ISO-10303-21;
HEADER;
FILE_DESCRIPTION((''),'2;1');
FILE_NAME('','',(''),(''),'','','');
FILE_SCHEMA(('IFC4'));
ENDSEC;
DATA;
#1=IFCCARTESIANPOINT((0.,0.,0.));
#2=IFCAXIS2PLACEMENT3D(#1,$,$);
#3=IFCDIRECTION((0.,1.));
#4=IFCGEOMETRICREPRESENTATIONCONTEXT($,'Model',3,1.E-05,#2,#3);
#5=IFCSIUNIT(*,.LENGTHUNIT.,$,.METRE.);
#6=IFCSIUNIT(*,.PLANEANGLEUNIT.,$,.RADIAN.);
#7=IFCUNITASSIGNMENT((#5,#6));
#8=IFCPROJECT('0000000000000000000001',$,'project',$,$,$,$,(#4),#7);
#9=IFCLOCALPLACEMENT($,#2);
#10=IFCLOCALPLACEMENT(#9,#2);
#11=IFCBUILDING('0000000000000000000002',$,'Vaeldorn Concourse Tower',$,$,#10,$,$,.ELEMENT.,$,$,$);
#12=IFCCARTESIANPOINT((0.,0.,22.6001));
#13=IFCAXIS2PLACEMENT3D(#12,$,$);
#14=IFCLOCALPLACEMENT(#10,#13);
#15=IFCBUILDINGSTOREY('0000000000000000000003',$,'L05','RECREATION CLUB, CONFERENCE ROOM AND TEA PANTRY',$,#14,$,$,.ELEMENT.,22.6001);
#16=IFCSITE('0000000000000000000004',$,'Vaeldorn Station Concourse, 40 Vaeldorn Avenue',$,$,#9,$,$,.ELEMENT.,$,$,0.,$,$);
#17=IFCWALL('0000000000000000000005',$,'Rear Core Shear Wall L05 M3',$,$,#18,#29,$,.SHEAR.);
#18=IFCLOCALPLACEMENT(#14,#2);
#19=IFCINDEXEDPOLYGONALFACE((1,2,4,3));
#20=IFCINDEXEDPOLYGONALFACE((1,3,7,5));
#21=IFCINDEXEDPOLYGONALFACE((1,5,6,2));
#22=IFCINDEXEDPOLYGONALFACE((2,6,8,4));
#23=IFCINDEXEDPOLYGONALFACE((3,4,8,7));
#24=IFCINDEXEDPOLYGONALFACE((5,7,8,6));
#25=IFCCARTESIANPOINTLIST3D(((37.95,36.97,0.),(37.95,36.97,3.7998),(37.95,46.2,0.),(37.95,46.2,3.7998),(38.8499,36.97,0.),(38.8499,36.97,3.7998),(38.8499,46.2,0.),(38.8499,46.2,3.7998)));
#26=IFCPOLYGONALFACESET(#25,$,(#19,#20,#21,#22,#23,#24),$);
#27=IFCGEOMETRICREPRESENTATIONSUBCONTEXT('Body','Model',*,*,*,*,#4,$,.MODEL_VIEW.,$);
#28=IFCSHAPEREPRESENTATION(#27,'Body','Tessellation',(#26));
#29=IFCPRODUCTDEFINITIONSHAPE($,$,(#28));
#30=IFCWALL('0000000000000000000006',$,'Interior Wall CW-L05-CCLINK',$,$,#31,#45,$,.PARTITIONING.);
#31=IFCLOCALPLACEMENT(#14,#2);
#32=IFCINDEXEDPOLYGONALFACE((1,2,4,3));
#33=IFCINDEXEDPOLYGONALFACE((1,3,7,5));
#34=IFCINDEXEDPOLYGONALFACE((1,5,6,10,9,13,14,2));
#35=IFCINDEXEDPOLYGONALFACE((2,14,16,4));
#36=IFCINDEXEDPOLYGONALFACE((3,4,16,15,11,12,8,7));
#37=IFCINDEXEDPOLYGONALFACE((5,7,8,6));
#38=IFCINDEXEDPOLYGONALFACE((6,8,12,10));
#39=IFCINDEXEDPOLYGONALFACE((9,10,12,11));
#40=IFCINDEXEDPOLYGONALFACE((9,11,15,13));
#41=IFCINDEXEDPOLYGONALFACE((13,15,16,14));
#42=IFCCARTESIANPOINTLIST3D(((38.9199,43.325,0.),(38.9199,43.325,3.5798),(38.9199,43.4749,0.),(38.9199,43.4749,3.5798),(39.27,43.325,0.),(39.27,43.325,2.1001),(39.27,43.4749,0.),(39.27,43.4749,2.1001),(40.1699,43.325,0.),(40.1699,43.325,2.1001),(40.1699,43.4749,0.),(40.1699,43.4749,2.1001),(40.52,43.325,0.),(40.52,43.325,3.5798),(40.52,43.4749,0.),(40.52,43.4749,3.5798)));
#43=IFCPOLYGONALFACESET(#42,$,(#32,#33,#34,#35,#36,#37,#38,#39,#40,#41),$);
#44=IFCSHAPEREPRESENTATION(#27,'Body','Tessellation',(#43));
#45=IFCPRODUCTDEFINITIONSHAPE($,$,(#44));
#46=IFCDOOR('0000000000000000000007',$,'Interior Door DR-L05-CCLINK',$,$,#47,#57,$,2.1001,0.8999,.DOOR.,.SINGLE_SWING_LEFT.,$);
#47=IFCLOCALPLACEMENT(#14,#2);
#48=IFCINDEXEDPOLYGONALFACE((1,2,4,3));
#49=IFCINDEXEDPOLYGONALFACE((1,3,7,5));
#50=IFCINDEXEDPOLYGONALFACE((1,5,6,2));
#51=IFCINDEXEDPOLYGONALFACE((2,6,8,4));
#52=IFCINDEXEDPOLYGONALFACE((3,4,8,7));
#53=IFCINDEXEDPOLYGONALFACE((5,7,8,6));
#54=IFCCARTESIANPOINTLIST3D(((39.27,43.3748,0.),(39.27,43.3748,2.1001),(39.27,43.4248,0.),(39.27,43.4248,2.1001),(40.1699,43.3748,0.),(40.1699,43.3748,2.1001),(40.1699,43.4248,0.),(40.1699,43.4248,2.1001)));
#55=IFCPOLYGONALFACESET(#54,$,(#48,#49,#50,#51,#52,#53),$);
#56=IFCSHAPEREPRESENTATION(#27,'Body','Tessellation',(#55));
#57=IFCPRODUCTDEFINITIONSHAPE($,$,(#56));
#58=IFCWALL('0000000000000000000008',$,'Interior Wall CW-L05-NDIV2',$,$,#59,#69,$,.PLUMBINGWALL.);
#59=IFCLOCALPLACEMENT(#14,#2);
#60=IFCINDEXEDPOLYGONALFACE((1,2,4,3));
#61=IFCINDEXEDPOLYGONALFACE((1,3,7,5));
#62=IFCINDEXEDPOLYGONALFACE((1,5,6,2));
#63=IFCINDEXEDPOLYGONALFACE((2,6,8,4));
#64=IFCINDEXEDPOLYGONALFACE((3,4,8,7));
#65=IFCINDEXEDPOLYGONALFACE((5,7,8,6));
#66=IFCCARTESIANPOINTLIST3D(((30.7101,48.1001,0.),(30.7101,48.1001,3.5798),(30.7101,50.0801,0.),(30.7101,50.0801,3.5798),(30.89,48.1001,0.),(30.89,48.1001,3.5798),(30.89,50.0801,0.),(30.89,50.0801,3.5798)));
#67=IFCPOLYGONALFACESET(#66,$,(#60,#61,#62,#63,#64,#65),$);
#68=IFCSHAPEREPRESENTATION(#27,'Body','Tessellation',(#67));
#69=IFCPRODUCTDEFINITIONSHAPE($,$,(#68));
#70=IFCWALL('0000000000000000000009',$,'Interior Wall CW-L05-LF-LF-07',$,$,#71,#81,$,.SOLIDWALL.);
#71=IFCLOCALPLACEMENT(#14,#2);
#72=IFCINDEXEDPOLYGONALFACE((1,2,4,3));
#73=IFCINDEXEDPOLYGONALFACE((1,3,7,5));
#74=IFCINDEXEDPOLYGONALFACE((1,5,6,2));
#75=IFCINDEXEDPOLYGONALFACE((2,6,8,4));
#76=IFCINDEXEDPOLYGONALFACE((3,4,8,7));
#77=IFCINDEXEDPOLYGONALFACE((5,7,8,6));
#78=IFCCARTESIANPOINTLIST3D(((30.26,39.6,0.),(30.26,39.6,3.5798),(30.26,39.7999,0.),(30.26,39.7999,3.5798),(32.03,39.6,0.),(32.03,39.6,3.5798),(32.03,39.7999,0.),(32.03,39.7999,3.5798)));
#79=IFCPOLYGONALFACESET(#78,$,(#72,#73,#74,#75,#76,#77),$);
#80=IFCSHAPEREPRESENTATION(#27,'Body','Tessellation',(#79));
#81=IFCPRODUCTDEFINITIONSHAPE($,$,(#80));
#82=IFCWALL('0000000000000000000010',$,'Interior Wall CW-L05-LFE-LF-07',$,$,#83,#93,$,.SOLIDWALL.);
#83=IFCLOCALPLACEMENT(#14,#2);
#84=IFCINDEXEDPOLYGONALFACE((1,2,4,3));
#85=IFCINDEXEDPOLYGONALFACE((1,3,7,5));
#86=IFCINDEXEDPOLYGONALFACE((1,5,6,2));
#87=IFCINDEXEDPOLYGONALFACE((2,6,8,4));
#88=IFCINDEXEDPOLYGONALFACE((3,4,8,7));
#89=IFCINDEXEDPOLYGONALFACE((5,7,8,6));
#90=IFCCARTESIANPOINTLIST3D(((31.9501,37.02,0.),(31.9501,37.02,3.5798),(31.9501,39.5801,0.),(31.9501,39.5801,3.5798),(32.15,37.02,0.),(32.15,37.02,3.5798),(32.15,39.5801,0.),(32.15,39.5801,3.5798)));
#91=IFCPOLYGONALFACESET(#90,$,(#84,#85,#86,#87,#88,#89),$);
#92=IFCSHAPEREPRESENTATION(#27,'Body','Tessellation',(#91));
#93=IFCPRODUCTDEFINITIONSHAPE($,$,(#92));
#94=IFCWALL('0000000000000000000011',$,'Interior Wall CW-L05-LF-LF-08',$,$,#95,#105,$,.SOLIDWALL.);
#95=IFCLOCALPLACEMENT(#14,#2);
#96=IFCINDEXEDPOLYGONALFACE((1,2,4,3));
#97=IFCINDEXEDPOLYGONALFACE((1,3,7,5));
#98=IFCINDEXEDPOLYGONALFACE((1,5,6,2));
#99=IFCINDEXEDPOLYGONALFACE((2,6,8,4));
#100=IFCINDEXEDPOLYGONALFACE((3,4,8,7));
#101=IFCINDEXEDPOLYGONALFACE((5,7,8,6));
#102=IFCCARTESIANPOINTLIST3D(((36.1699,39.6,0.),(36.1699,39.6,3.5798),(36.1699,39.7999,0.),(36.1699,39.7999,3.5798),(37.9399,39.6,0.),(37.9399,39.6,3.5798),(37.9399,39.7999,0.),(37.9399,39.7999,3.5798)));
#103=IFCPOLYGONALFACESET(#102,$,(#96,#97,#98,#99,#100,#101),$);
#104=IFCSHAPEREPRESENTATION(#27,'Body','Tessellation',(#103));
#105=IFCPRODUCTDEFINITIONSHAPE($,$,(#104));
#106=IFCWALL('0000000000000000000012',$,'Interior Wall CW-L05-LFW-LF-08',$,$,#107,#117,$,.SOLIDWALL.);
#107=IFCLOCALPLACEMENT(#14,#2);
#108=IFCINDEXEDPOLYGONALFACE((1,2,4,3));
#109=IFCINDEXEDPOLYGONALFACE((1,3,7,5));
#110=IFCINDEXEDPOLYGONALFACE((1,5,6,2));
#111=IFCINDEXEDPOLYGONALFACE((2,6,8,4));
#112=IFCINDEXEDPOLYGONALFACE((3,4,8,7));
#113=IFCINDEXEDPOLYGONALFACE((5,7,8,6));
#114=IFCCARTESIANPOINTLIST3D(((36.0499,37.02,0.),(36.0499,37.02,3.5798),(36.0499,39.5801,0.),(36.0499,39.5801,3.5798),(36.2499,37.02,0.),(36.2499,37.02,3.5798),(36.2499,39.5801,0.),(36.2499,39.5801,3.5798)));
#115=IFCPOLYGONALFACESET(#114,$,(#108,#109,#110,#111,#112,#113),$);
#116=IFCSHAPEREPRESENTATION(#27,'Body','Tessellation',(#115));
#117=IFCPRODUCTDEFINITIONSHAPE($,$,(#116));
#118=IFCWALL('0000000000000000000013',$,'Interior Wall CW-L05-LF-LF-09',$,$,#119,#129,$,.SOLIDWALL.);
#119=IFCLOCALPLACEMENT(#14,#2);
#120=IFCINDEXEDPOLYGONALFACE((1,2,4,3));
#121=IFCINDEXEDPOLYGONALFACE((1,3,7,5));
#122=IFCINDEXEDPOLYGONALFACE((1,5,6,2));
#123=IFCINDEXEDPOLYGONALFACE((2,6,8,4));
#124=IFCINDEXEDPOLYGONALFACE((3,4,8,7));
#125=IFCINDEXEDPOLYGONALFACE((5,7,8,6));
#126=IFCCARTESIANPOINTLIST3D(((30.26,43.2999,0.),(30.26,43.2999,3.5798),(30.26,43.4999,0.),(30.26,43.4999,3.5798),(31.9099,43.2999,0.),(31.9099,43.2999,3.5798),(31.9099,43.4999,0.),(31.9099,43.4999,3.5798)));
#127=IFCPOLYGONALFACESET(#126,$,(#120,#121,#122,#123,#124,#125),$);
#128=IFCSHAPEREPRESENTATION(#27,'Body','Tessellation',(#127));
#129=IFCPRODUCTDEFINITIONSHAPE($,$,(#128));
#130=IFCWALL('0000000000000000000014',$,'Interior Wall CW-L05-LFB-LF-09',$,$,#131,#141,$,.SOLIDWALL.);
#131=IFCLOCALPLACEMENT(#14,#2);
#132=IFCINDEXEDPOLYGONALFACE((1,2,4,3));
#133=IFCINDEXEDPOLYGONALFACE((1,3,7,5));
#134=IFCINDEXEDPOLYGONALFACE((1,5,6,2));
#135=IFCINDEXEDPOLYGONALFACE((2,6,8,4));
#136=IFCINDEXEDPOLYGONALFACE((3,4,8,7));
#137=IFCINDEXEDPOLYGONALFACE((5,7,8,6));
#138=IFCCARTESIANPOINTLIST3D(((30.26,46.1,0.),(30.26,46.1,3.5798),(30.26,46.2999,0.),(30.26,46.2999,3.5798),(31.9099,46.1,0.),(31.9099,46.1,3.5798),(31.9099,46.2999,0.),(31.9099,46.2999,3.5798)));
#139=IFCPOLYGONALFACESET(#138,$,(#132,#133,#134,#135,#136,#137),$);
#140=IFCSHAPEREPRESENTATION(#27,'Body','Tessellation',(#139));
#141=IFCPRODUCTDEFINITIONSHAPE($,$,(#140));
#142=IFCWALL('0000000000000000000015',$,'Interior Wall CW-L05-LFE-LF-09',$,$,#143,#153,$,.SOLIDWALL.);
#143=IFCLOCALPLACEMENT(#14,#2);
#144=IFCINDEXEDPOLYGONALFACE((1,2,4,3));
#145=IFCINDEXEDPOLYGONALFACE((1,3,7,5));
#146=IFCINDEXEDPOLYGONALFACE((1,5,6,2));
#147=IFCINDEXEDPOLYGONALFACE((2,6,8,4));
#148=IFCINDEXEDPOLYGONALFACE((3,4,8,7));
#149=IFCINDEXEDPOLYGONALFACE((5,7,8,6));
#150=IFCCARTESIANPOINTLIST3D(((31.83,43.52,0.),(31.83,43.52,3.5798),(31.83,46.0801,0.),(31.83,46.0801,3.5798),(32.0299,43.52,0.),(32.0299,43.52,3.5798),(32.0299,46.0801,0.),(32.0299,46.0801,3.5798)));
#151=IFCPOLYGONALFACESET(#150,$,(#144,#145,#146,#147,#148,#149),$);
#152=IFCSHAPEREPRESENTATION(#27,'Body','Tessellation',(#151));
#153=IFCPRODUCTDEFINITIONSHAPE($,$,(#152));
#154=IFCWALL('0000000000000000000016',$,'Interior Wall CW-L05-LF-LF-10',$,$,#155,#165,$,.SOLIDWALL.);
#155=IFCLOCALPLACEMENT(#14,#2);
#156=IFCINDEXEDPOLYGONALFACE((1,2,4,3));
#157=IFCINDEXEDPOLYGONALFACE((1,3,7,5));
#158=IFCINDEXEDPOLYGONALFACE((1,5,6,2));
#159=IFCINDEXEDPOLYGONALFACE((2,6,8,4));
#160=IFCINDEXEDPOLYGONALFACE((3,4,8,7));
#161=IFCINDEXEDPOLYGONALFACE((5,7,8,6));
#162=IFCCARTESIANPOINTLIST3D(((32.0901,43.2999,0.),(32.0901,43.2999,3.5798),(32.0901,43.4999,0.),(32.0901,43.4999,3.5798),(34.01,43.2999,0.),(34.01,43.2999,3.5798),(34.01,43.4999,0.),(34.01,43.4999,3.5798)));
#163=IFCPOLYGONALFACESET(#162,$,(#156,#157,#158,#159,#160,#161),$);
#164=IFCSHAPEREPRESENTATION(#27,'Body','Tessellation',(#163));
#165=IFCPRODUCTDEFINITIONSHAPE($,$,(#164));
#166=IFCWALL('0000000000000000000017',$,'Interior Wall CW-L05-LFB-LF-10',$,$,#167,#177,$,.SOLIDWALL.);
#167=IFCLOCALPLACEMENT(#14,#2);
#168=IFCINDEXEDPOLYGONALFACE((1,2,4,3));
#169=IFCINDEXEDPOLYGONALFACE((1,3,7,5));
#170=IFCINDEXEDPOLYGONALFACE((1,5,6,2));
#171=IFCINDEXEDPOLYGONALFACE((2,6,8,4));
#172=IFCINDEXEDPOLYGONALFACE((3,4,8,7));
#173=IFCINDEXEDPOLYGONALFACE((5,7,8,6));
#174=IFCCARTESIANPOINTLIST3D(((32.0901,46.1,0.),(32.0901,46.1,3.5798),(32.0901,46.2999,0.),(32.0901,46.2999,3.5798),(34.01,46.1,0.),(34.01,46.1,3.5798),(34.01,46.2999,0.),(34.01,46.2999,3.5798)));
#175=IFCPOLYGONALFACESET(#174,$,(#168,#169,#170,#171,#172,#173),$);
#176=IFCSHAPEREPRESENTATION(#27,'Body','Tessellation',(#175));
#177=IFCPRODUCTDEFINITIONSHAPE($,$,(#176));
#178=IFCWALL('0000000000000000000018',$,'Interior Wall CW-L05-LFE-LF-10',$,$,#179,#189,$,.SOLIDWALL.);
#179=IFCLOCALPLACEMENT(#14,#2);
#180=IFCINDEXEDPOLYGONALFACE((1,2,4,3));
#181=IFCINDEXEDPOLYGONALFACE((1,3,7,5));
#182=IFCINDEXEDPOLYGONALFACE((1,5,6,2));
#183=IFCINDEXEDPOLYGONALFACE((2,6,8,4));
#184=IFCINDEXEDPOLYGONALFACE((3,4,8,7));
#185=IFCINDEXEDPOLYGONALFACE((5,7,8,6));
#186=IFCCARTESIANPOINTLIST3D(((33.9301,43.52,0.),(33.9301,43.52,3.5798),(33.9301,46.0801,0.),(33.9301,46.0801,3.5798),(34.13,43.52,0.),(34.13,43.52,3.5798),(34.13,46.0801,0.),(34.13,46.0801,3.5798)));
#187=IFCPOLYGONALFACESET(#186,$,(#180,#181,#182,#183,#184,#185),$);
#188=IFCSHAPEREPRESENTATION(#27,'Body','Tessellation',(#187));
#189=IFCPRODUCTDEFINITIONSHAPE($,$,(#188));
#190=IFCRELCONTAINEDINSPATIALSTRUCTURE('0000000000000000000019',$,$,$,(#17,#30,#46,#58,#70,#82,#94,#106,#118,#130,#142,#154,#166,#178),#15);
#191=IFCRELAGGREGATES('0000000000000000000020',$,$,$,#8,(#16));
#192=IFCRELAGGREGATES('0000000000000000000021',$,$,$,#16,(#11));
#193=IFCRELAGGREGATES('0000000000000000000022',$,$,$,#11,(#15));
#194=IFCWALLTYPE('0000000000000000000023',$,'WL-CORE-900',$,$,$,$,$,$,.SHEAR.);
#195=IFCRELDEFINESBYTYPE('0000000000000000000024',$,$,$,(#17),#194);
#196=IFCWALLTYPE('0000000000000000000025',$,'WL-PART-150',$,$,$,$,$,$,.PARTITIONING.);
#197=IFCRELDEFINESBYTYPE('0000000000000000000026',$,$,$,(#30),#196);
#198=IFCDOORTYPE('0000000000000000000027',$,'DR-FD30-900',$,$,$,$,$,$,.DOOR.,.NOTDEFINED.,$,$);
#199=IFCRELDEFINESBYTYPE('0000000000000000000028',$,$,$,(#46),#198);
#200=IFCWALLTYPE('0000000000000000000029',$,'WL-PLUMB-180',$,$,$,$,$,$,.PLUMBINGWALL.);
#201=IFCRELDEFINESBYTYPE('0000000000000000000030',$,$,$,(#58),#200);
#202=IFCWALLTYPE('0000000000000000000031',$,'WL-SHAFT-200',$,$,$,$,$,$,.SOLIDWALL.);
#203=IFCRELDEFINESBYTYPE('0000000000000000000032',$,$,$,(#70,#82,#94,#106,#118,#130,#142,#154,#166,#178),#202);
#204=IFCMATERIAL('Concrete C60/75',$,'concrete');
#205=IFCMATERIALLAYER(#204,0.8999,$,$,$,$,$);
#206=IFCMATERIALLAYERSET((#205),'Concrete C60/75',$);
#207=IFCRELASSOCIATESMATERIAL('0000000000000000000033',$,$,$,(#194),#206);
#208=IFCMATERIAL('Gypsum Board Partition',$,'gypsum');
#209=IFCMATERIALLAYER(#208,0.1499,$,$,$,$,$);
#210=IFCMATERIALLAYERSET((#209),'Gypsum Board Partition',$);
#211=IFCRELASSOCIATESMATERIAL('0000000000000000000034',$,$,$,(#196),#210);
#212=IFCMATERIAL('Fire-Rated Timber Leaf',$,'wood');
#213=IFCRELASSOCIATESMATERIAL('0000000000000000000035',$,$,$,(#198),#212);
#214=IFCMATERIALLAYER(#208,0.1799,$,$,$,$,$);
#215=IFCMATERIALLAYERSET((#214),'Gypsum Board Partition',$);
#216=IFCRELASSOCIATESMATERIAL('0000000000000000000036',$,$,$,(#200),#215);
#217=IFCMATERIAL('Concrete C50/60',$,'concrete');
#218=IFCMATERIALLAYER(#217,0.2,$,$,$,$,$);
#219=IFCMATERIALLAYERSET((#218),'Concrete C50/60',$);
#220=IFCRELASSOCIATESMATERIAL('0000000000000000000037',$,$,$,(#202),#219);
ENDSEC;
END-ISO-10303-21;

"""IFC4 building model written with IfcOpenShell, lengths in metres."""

from ifc_helpers import new_model, si_unit, direction, frame, frame_2d, origin, place, context, subcontext, project, spatial, rectangle, extrude, source, transform, mapped, material, layer, layer_set, type_object, element, fill, save


model = new_model("IFC4")

# Units and contexts
model_context = context("Model", 3, precision=1e-05, world=origin(), true_north=direction((0.0, 1.0)))
body_context = subcontext(model_context, "Body", "Model", "MODEL_VIEW")
ifc_project = project(units=[si_unit("LENGTHUNIT", "METRE"), si_unit("PLANEANGLEUNIT", "RADIAN")], contexts=[model_context])

# Site, building, storey
site_placement = place(None, origin())
site = spatial("IfcSite", under=ifc_project, at=site_placement, Name="Vaeldorn Station Concourse, 40 Vaeldorn Avenue", CompositionType="ELEMENT", RefElevation=0.0)
building_placement = place(site_placement, origin())
building = spatial("IfcBuilding", under=site, at=building_placement, Name="Vaeldorn Concourse Tower", CompositionType="ELEMENT")
storey_placement = place(building_placement, frame((0.0, 0.0, 22.6001)))
storey = spatial("IfcBuildingStorey", under=building, at=storey_placement, Name="L05", Description="RECREATION CLUB, CONFERENCE ROOM AND TEA PANTRY", CompositionType="ELEMENT", Elevation=22.6001)

# Wall
ifc_material_1 = material(Name="Concrete C60/75", Category="concrete")
ifc_layer_1 = layer(ifc_material_1, 0.8999)
ifc_layer_set_1 = layer_set([ifc_layer_1], Name="Concrete C60/75")
wall_type_1 = type_object("IfcWallType", Name="WL-CORE-900", PredefinedType="SHEAR", material=ifc_layer_set_1)
for number, where, z_axis, x_axis, name in (
    (1, (38.3999, 36.97, 0.0), (0.0, 0.0, 1.0), (0.0, 1.0, 0.0), "Rear Core Shear Wall L05 M3"),
):
    element("IfcWall", number, at=place(storey_placement, frame(where, z_axis=z_axis, x_axis=x_axis)), inside=storey, type_object=wall_type_1, Name=name, PredefinedType="SHEAR", context=body_context, shape_type="SweptSolid", body=[
        extrude(rectangle(XDim=9.23, YDim=0.8999, at=frame_2d((4.615, 0.0))), origin(), (0.0, 0.0, 1.0), 3.7998),
    ])

# Wall, opening, door
ifc_material_2 = material(Name="Gypsum Board Partition", Category="gypsum")
ifc_layer_2 = layer(ifc_material_2, 0.1499)
ifc_layer_set_2 = layer_set([ifc_layer_2], Name="Gypsum Board Partition")
wall_type_2 = type_object("IfcWallType", Name="WL-PART-150", PredefinedType="PARTITIONING", material=ifc_layer_set_2)
wall_1_placement = place(storey_placement, frame((38.9199, 43.3999, 0.0), z_axis=(0.0, 0.0, 1.0), x_axis=(1.0, 0.0, 0.0)))
wall_1 = element("IfcWall", 2, at=wall_1_placement, inside=storey, type_object=wall_type_2, Name="Interior Wall CW-L05-CCLINK", PredefinedType="PARTITIONING", context=body_context, shape_type="SweptSolid", body=[
    extrude(rectangle(XDim=1.6001, YDim=0.1499, at=frame_2d((0.8, 0.0))), origin(), (0.0, 0.0, 1.0), 3.5798),
])
opening_placement = place(wall_1_placement, frame((0.3501, 0.0, 0.0)))
opening = element("IfcOpeningElement", 3, at=opening_placement, cuts=wall_1, PredefinedType="OPENING", context=body_context, shape_type="SweptSolid", body=[
    extrude(rectangle(XDim=0.8999, YDim=2.1001, at=frame_2d((0.45, 1.05))), frame((0.0, 0.085, 0.0), z_axis=(0.0, -1.0, 0.0), x_axis=(1.0, 0.0, 0.0)), (0.0, 0.0, 1.0), 0.1699),
])
ifc_material_3 = material(Name="Fire-Rated Timber Leaf", Category="wood")
door_type = type_object("IfcDoorType", Name="DR-FD30-900", OperationType="NOTDEFINED", PredefinedType="DOOR", material=ifc_material_3)
shared_shape_1 = source(origin(), body_context, "Body", "SweptSolid", [
    extrude(rectangle(XDim=0.8999, YDim=2.1001, at=frame_2d((0.45, 1.05))), frame((0.0, 0.0249, 0.0), z_axis=(0.0, -1.0, 0.0), x_axis=(1.0, 0.0, 0.0)), (0.0, 0.0, 1.0), 0.05),
])
door_placement = place(opening_placement, origin())
door = element("IfcDoor", 4, at=door_placement, inside=storey, type_object=door_type, Name="Interior Door DR-L05-CCLINK", OperationType="SINGLE_SWING_LEFT", OverallHeight=2.1001, OverallWidth=0.8999, PredefinedType="DOOR", context=body_context, shape_type="MappedRepresentation", body=[
    mapped(shared_shape_1, transform((0.0, 0.0, 0.0), scale=1.0)),
])
fill(opening, door)

# Walls
ifc_layer_3 = layer(ifc_material_2, 0.1799)
ifc_layer_set_3 = layer_set([ifc_layer_3], Name="Gypsum Board Partition")
wall_type_3 = type_object("IfcWallType", Name="WL-PLUMB-180", PredefinedType="PLUMBINGWALL", material=ifc_layer_set_3)
wall_2_placement = place(storey_placement, frame((30.8, 48.1001, 0.0), z_axis=(0.0, 0.0, 1.0), x_axis=(0.0, 1.0, 0.0)))
element("IfcWall", 5, at=wall_2_placement, inside=storey, type_object=wall_type_3, Name="Interior Wall CW-L05-NDIV2", PredefinedType="PLUMBINGWALL", context=body_context, shape_type="SweptSolid", body=[
    extrude(rectangle(XDim=1.98, YDim=0.1799, at=frame_2d((0.99, 0.0))), origin(), (0.0, 0.0, 1.0), 3.5798),
])
ifc_material_4 = material(Name="Concrete C50/60", Category="concrete")
ifc_layer_4 = layer(ifc_material_4, 0.2)
ifc_layer_set_4 = layer_set([ifc_layer_4], Name="Concrete C50/60")
wall_type_4 = type_object("IfcWallType", Name="WL-SHAFT-200", PredefinedType="SOLIDWALL", material=ifc_layer_set_4)
wall_3_placement = place(storey_placement, frame((30.26, 39.7, 0.0), z_axis=(0.0, 0.0, 1.0), x_axis=(1.0, 0.0, 0.0)))
element("IfcWall", 6, at=wall_3_placement, inside=storey, type_object=wall_type_4, Name="Interior Wall CW-L05-LF-LF-07", PredefinedType="SOLIDWALL", context=body_context, shape_type="SweptSolid", body=[
    extrude(rectangle(XDim=1.77, YDim=0.2, at=frame_2d((0.885, 0.0))), origin(), (0.0, 0.0, 1.0), 3.5798),
])
wall_4_placement = place(storey_placement, frame((32.05, 37.02, 0.0), z_axis=(0.0, 0.0, 1.0), x_axis=(0.0, 1.0, 0.0)))
element("IfcWall", 7, at=wall_4_placement, inside=storey, type_object=wall_type_4, Name="Interior Wall CW-L05-LFE-LF-07", PredefinedType="SOLIDWALL", context=body_context, shape_type="SweptSolid", body=[
    extrude(rectangle(XDim=2.5601, YDim=0.2, at=frame_2d((1.28, 0.0))), origin(), (0.0, 0.0, 1.0), 3.5798),
])
wall_5_placement = place(storey_placement, frame((36.1699, 39.7, 0.0), z_axis=(0.0, 0.0, 1.0), x_axis=(1.0, 0.0, 0.0)))
element("IfcWall", 8, at=wall_5_placement, inside=storey, type_object=wall_type_4, Name="Interior Wall CW-L05-LF-LF-08", PredefinedType="SOLIDWALL", context=body_context, shape_type="SweptSolid", body=[
    extrude(rectangle(XDim=1.77, YDim=0.2, at=frame_2d((0.885, 0.0))), origin(), (0.0, 0.0, 1.0), 3.5798),
])
wall_6_placement = place(storey_placement, frame((36.1499, 37.02, 0.0), z_axis=(0.0, 0.0, 1.0), x_axis=(0.0, 1.0, 0.0)))
element("IfcWall", 9, at=wall_6_placement, inside=storey, type_object=wall_type_4, Name="Interior Wall CW-L05-LFW-LF-08", PredefinedType="SOLIDWALL", context=body_context, shape_type="SweptSolid", body=[
    extrude(rectangle(XDim=2.5601, YDim=0.2, at=frame_2d((1.28, 0.0))), origin(), (0.0, 0.0, 1.0), 3.5798),
])
for number, where, z_axis, x_axis, name in (
    (10, (30.26, 43.3999, 0.0), (0.0, 0.0, 1.0), (1.0, 0.0, 0.0), "Interior Wall CW-L05-LF-LF-09"),
    (11, (30.26, 46.2, 0.0), (0.0, 0.0, 1.0), (1.0, 0.0, 0.0), "Interior Wall CW-L05-LFB-LF-09"),
):
    element("IfcWall", number, at=place(storey_placement, frame(where, z_axis=z_axis, x_axis=x_axis)), inside=storey, type_object=wall_type_4, Name=name, PredefinedType="SOLIDWALL", context=body_context, shape_type="SweptSolid", body=[
        extrude(rectangle(XDim=1.6499, YDim=0.2, at=frame_2d((0.825, 0.0))), origin(), (0.0, 0.0, 1.0), 3.5798),
    ])
wall_7_placement = place(storey_placement, frame((31.9299, 43.52, 0.0), z_axis=(0.0, 0.0, 1.0), x_axis=(0.0, 1.0, 0.0)))
element("IfcWall", 12, at=wall_7_placement, inside=storey, type_object=wall_type_4, Name="Interior Wall CW-L05-LFE-LF-09", PredefinedType="SOLIDWALL", context=body_context, shape_type="SweptSolid", body=[
    extrude(rectangle(XDim=2.5601, YDim=0.2, at=frame_2d((1.28, 0.0))), origin(), (0.0, 0.0, 1.0), 3.5798),
])
for number, where, z_axis, x_axis, name in (
    (13, (32.0901, 43.3999, 0.0), (0.0, 0.0, 1.0), (1.0, 0.0, 0.0), "Interior Wall CW-L05-LF-LF-10"),
    (14, (32.0901, 46.2, 0.0), (0.0, 0.0, 1.0), (1.0, 0.0, 0.0), "Interior Wall CW-L05-LFB-LF-10"),
):
    element("IfcWall", number, at=place(storey_placement, frame(where, z_axis=z_axis, x_axis=x_axis)), inside=storey, type_object=wall_type_4, Name=name, PredefinedType="SOLIDWALL", context=body_context, shape_type="SweptSolid", body=[
        extrude(rectangle(XDim=1.9199, YDim=0.2, at=frame_2d((0.96, 0.0))), origin(), (0.0, 0.0, 1.0), 3.5798),
    ])
wall_8_placement = place(storey_placement, frame((34.03, 43.52, 0.0), z_axis=(0.0, 0.0, 1.0), x_axis=(0.0, 1.0, 0.0)))
element("IfcWall", 15, at=wall_8_placement, inside=storey, type_object=wall_type_4, Name="Interior Wall CW-L05-LFE-LF-10", PredefinedType="SOLIDWALL", context=body_context, shape_type="SweptSolid", body=[
    extrude(rectangle(XDim=2.5601, YDim=0.2, at=frame_2d((1.28, 0.0))), origin(), (0.0, 0.0, 1.0), 3.5798),
])

save(model, "model.ifc")
